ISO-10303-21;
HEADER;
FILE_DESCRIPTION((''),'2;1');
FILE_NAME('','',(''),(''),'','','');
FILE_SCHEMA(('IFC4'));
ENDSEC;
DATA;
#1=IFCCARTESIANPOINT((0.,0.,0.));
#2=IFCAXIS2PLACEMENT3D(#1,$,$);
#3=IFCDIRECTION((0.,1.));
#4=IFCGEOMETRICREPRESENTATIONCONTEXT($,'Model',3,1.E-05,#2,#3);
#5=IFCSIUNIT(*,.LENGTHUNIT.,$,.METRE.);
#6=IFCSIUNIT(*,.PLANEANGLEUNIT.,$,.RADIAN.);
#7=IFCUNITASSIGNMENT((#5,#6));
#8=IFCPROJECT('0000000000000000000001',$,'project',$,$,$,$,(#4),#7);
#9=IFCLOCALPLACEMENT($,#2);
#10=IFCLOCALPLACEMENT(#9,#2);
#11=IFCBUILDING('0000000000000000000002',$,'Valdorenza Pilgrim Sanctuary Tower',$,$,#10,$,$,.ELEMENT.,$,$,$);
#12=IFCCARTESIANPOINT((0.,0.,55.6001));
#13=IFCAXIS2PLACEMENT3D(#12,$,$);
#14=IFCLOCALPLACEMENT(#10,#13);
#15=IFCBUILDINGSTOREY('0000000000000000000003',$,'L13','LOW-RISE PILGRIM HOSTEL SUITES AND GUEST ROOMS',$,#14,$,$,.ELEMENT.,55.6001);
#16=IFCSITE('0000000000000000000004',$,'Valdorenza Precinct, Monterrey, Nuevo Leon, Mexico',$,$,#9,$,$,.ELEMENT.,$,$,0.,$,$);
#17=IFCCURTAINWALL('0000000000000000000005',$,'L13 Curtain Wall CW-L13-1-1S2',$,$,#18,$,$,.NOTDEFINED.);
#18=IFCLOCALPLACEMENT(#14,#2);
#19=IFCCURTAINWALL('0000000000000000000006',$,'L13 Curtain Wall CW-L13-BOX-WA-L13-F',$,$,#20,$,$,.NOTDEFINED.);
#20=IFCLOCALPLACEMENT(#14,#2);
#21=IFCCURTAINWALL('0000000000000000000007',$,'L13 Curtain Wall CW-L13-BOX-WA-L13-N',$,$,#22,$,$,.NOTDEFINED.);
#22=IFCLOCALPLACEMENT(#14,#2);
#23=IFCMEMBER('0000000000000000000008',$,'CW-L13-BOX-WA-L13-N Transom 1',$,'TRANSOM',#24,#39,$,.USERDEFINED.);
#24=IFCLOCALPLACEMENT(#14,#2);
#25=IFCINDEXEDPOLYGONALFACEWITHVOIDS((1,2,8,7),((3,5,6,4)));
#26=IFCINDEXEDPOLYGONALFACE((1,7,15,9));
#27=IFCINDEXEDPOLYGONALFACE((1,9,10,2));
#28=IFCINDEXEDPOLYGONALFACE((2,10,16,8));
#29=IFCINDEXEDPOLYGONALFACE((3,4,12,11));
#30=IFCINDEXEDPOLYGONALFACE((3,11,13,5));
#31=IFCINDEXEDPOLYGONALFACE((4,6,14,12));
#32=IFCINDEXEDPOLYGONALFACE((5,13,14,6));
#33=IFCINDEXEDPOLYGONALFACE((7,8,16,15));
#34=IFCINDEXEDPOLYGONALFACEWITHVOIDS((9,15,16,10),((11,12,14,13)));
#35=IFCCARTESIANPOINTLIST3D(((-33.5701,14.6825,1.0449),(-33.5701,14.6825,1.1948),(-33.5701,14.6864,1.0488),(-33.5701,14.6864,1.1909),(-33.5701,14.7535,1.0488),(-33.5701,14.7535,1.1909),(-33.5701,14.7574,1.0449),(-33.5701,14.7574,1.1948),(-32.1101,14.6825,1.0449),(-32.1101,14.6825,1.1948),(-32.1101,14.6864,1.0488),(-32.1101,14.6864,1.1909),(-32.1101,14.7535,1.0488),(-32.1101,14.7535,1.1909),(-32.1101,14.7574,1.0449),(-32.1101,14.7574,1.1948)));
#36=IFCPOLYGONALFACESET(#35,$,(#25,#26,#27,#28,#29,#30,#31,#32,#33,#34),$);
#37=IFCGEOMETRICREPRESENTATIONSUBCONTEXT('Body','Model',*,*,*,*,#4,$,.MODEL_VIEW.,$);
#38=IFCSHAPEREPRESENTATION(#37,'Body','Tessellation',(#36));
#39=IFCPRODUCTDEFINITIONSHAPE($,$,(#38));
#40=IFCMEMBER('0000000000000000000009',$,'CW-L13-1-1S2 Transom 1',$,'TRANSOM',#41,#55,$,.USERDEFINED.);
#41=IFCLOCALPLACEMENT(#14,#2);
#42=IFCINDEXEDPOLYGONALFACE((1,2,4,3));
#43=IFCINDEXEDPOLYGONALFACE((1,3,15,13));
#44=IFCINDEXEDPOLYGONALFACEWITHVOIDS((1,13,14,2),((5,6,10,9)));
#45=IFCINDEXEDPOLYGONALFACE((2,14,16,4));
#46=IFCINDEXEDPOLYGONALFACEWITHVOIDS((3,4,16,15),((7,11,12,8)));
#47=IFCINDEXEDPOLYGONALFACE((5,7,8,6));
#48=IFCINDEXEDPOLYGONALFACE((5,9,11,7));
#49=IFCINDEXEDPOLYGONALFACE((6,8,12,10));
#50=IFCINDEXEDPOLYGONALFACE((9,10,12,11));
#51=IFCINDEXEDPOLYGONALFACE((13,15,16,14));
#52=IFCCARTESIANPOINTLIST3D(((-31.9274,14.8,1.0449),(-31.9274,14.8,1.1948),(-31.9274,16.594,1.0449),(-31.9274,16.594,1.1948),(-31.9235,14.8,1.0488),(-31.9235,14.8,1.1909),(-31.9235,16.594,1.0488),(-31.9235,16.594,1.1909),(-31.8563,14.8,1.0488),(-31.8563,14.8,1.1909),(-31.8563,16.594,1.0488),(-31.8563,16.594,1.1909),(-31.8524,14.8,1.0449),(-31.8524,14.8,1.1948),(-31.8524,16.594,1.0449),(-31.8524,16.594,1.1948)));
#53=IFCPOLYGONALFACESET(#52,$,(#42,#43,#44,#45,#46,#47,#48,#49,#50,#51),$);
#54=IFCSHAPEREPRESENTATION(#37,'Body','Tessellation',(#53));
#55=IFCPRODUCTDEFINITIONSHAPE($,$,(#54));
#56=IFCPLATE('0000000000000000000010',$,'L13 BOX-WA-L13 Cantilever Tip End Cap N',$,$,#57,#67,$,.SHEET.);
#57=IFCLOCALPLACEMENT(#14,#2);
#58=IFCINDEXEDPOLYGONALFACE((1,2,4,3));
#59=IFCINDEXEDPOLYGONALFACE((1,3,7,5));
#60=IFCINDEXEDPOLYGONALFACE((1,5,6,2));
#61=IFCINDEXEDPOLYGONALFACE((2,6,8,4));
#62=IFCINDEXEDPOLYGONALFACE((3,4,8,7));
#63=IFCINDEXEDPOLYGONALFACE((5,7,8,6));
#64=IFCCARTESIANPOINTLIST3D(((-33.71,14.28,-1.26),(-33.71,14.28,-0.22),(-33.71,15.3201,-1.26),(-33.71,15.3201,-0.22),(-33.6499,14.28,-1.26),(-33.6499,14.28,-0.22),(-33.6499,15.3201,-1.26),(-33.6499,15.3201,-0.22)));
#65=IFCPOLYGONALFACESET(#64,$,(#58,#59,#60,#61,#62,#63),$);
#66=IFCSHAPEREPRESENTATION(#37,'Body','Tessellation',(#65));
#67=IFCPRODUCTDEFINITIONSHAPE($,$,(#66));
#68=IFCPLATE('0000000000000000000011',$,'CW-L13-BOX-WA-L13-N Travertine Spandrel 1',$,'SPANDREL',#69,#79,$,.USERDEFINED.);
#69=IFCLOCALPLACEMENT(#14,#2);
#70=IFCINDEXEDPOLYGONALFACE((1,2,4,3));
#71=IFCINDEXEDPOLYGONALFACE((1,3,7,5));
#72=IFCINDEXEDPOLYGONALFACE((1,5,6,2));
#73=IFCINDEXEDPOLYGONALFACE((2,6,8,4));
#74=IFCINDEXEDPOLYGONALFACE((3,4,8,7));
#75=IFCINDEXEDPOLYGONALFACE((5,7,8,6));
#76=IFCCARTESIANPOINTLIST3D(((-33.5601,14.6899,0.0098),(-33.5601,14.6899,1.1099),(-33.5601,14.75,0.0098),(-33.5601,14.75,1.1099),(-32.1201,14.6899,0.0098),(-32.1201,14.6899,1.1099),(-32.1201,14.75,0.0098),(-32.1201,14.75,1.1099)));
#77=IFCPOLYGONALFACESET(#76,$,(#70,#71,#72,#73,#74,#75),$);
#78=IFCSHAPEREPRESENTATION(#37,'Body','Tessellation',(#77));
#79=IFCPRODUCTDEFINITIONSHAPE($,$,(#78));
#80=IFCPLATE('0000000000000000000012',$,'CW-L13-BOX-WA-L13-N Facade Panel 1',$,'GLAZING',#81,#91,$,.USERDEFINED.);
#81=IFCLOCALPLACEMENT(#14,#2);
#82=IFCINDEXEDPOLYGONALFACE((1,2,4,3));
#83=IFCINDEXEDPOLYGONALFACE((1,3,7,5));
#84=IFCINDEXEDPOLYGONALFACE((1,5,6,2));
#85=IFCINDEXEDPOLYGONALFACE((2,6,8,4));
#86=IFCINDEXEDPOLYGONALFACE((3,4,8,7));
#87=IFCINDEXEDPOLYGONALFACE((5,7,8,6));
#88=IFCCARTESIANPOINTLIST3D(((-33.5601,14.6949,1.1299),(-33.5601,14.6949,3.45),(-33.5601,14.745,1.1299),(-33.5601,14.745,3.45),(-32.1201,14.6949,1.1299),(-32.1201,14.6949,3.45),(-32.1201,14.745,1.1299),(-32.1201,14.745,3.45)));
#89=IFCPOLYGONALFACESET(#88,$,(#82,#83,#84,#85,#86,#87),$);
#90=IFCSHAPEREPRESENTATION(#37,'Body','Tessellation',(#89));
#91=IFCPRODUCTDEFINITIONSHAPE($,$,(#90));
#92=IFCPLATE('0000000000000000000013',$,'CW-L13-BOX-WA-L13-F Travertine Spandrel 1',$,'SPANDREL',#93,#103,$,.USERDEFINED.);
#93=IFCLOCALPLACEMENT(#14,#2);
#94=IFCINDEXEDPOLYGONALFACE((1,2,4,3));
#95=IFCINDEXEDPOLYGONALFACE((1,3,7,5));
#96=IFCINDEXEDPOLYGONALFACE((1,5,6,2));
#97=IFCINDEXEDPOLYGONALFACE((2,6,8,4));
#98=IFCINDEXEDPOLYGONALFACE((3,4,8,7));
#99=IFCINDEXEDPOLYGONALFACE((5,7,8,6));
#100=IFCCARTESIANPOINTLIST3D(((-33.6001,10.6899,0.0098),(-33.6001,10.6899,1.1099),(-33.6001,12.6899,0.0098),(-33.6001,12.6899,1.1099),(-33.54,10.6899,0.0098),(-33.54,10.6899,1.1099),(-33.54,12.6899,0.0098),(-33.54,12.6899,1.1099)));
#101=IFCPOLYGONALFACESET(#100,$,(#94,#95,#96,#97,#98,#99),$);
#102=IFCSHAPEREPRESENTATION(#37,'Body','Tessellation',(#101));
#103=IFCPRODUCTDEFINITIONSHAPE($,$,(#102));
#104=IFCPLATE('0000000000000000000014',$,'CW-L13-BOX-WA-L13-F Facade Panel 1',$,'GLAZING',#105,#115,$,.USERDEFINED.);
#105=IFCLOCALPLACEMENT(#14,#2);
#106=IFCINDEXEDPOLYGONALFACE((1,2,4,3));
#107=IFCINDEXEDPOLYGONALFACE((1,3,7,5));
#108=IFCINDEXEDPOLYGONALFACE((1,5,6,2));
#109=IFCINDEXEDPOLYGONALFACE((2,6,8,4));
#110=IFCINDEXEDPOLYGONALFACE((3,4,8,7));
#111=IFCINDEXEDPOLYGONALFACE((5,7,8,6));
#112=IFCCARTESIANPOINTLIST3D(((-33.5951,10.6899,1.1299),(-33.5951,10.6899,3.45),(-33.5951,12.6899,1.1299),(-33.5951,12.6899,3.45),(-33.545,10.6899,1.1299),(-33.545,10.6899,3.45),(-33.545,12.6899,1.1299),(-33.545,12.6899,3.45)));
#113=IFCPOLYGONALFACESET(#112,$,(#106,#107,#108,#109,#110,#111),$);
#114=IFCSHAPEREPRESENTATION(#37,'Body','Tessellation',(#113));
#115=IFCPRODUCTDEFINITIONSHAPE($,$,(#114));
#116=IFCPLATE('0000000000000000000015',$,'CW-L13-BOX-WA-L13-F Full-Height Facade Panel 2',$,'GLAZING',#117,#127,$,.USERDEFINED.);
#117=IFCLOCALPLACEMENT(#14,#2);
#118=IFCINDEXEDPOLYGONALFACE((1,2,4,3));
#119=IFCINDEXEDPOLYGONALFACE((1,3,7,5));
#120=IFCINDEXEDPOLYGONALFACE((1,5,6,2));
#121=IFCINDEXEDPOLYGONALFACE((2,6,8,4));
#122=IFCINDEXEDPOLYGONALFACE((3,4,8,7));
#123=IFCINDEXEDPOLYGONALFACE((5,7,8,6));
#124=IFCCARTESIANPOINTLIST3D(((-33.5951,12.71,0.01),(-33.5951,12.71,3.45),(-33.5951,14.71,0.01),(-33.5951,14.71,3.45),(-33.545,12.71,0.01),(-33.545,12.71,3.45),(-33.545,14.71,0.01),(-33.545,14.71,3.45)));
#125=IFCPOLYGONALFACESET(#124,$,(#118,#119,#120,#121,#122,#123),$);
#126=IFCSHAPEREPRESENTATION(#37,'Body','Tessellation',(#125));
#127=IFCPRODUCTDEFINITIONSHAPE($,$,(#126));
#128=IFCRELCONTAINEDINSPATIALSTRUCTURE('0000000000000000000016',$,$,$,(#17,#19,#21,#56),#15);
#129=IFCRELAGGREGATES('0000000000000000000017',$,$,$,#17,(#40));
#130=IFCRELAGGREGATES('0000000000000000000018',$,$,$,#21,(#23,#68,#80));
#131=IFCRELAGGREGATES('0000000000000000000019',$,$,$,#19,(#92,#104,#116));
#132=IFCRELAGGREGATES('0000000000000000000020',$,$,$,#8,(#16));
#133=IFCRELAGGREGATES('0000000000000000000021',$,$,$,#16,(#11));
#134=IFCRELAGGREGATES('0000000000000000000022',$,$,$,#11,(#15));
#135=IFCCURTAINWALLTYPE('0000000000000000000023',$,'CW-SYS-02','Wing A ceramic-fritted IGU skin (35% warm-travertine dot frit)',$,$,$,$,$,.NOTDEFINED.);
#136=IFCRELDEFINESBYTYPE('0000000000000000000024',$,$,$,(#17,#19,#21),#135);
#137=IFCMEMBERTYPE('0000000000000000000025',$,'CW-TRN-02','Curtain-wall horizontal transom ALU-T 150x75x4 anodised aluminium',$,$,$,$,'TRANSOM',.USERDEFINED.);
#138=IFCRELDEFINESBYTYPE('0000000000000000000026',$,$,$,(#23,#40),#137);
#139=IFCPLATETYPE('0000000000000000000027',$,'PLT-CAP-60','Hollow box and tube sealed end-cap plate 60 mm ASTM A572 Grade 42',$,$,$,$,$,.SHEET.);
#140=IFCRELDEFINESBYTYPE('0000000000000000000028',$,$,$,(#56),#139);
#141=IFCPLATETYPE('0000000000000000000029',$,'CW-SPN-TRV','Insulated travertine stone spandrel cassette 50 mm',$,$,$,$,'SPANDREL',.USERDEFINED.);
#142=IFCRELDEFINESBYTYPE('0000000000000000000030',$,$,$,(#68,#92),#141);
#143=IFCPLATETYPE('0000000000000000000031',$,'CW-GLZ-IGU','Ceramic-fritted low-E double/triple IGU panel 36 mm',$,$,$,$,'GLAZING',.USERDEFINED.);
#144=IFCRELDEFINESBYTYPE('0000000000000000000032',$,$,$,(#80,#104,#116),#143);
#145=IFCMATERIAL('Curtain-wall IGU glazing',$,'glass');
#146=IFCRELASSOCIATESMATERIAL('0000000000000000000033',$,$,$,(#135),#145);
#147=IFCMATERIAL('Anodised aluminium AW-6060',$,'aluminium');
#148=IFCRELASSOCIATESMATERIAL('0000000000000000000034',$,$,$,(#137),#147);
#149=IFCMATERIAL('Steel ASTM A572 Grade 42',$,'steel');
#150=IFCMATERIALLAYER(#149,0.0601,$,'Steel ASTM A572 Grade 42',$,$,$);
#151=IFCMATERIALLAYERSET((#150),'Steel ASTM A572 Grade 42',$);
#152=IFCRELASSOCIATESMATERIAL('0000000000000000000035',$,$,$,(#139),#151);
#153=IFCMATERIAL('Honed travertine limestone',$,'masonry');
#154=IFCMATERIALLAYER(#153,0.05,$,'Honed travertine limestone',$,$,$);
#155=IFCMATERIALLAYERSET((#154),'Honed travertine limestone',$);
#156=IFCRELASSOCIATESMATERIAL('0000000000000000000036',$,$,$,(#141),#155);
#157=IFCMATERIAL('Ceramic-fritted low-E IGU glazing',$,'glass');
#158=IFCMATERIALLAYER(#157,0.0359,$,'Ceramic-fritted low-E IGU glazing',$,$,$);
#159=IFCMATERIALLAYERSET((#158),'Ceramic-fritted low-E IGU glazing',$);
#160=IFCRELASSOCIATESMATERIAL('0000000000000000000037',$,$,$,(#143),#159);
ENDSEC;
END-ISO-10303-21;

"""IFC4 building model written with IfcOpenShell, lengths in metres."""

from ifc_helpers import new_model, si_unit, direction, frame, origin, origin_2d, place, context, subcontext, project, spatial, rectangle, hollow_rectangle, extrude, source, transform, mapped, material, layer, layer_set, material_profile, profile_set, type_object, element, aggregate, save


model = new_model("IFC4")

# Units and contexts
model_context = context("Model", 3, precision=1e-05, world=origin(), true_north=direction((0.0, 1.0)))
body_context = subcontext(model_context, "Body", "Model", "MODEL_VIEW")
ifc_project = project(units=[si_unit("LENGTHUNIT", "METRE"), si_unit("PLANEANGLEUNIT", "RADIAN")], contexts=[model_context])

# Site, building, storey
site_placement = place(None, origin())
site = spatial("IfcSite", under=ifc_project, at=site_placement, Name="Valdorenza Precinct, Monterrey, Nuevo Leon, Mexico", CompositionType="ELEMENT", RefElevation=0.0)
building_placement = place(site_placement, origin())
building = spatial("IfcBuilding", under=site, at=building_placement, Name="Valdorenza Pilgrim Sanctuary Tower", CompositionType="ELEMENT")
storey_placement = place(building_placement, frame((0.0, 0.0, 55.6001)))
storey = spatial("IfcBuildingStorey", under=building, at=storey_placement, Name="L13", Description="LOW-RISE PILGRIM HOSTEL SUITES AND GUEST ROOMS", CompositionType="ELEMENT", Elevation=55.6001)

# Curtain wall
ifc_material_1 = material(Name="Curtain-wall IGU glazing", Category="glass")
curtain_wall_type = type_object("IfcCurtainWallType", Name="CW-SYS-02", Description="Wing A ceramic-fritted IGU skin (35% warm-travertine dot frit)", PredefinedType="NOTDEFINED", material=ifc_material_1)
curtain_wall_1_placement = place(storey_placement, origin())
curtain_wall_1 = element("IfcCurtainWall", 1, at=curtain_wall_1_placement, inside=storey, type_object=curtain_wall_type, Name="L13 Curtain Wall CW-L13-1-1S2", PredefinedType="NOTDEFINED")
ifc_material_2 = material(Name="Anodised aluminium AW-6060", Category="aluminium")

# Curtain walls, member
curtain_wall_2_placement = place(storey_placement, origin())
curtain_wall_2 = element("IfcCurtainWall", 2, at=curtain_wall_2_placement, inside=storey, type_object=curtain_wall_type, Name="L13 Curtain Wall CW-L13-BOX-WA-L13-F", PredefinedType="NOTDEFINED")
curtain_wall_3_placement = place(storey_placement, origin())
curtain_wall_3 = element("IfcCurtainWall", 3, at=curtain_wall_3_placement, inside=storey, type_object=curtain_wall_type, Name="L13 Curtain Wall CW-L13-BOX-WA-L13-N", PredefinedType="NOTDEFINED")
ifc_material_profile_1 = material_profile(ifc_material_2, hollow_rectangle(XDim=0.075, YDim=0.1499, WallThickness=0.0039, at=origin_2d()), Name="ALU-T 150x75x4")
ifc_profile_set_1 = profile_set([ifc_material_profile_1], Name="Anodised aluminium AW-6060")
member_type_1 = type_object("IfcMemberType", Name="CW-TRN-02", Description="Curtain-wall horizontal transom ALU-T 150x75x4 anodised aluminium", ElementType="TRANSOM", PredefinedType="USERDEFINED", material=ifc_profile_set_1)
shared_shape_1 = source(origin(), body_context, "Body", "SweptSolid", [
    extrude(hollow_rectangle(XDim=0.075, YDim=0.1499, WallThickness=0.0039, at=origin_2d()), origin(), (0.0, 0.0, 1.0), 1.46),
])
member_1_placement = place(storey_placement, frame((-33.5701, 14.72, 1.1199), z_axis=(1.0, 0.0, 0.0), x_axis=(0.0, 1.0, 0.0)))
member_1 = element("IfcMember", 4, at=member_1_placement, type_object=member_type_1, Name="CW-L13-BOX-WA-L13-N Transom 1", ObjectType="TRANSOM", PredefinedType="USERDEFINED", context=body_context, shape_type="MappedRepresentation", body=[
    mapped(shared_shape_1, transform((0.0, 0.0, 0.0), x_axis=(1.0, 0.0, 0.0), y_axis=(0.0, 1.0, 0.0), z_axis=(0.0, 0.0, 1.0), scale=1.0)),
])

# Member
shared_shape_2 = source(origin(), body_context, "Body", "SweptSolid", [
    extrude(hollow_rectangle(XDim=0.075, YDim=0.1499, WallThickness=0.0039, at=origin_2d()), origin(), (0.0, 0.0, 1.0), 1.7939),
])
member_2_placement = place(storey_placement, frame((-31.8899, 14.8, 1.1199), z_axis=(0.0, 1.0, 0.0), x_axis=(-1.0, 0.0, 0.0)))
member_2 = element("IfcMember", 5, at=member_2_placement, type_object=member_type_1, Name="CW-L13-1-1S2 Transom 1", ObjectType="TRANSOM", PredefinedType="USERDEFINED", context=body_context, shape_type="MappedRepresentation", body=[
    mapped(shared_shape_2, transform((0.0, 0.0, 0.0), x_axis=(1.0, 0.0, 0.0), y_axis=(0.0, 1.0, 0.0), z_axis=(0.0, 0.0, 1.0), scale=1.0)),
])
aggregate(curtain_wall_1, [member_2])

# Plates
ifc_material_3 = material(Name="Steel ASTM A572 Grade 42", Category="steel")
ifc_layer_1 = layer(ifc_material_3, 0.0601, Name="Steel ASTM A572 Grade 42")
ifc_layer_set_1 = layer_set([ifc_layer_1], Name="Steel ASTM A572 Grade 42")
plate_type_1 = type_object("IfcPlateType", Name="PLT-CAP-60", Description="Hollow box and tube sealed end-cap plate 60 mm ASTM A572 Grade 42", PredefinedType="SHEET", material=ifc_layer_set_1)
shared_shape_3 = source(origin(), body_context, "Body", "SweptSolid", [
    extrude(rectangle(XDim=0.0601, YDim=1.04, at=origin_2d()), origin(), (0.0, 0.0, 1.0), 1.04),
])
plate_1_placement = place(storey_placement, frame((-33.6799, 14.8, -1.26), z_axis=(0.0, 0.0, 1.0), x_axis=(1.0, 0.0, 0.0)))
element("IfcPlate", 6, at=plate_1_placement, inside=storey, type_object=plate_type_1, Name="L13 BOX-WA-L13 Cantilever Tip End Cap N", PredefinedType="SHEET", context=body_context, shape_type="MappedRepresentation", body=[
    mapped(shared_shape_3, transform((0.0, 0.0, 0.0), x_axis=(1.0, 0.0, 0.0), y_axis=(0.0, 1.0, 0.0), z_axis=(0.0, 0.0, 1.0), scale=1.0)),
])
ifc_material_4 = material(Name="Honed travertine limestone", Category="masonry")
ifc_layer_2 = layer(ifc_material_4, 0.05, Name="Honed travertine limestone")
ifc_layer_set_2 = layer_set([ifc_layer_2], Name="Honed travertine limestone")
plate_type_2 = type_object("IfcPlateType", Name="CW-SPN-TRV", Description="Insulated travertine stone spandrel cassette 50 mm", ElementType="SPANDREL", PredefinedType="USERDEFINED", material=ifc_layer_set_2)
shared_shape_4 = source(origin(), body_context, "Body", "SweptSolid", [
    extrude(rectangle(XDim=1.4399, YDim=0.0601, at=origin_2d()), origin(), (0.0, 0.0, 1.0), 1.1001),
])
plate_2_placement = place(storey_placement, frame((-32.8401, 14.72, 0.0098), z_axis=(0.0, 0.0, 1.0), x_axis=(1.0, 0.0, 0.0)))
plate_2 = element("IfcPlate", 7, at=plate_2_placement, type_object=plate_type_2, Name="CW-L13-BOX-WA-L13-N Travertine Spandrel 1", ObjectType="SPANDREL", PredefinedType="USERDEFINED", context=body_context, shape_type="MappedRepresentation", body=[
    mapped(shared_shape_4, transform((0.0, 0.0, 0.0), x_axis=(1.0, 0.0, 0.0), y_axis=(0.0, 1.0, 0.0), z_axis=(0.0, 0.0, 1.0), scale=1.0)),
])
ifc_material_5 = material(Name="Ceramic-fritted low-E IGU glazing", Category="glass")
ifc_layer_3 = layer(ifc_material_5, 0.0359, Name="Ceramic-fritted low-E IGU glazing")
ifc_layer_set_3 = layer_set([ifc_layer_3], Name="Ceramic-fritted low-E IGU glazing")
plate_type_3 = type_object("IfcPlateType", Name="CW-GLZ-IGU", Description="Ceramic-fritted low-E double/triple IGU panel 36 mm", ElementType="GLAZING", PredefinedType="USERDEFINED", material=ifc_layer_set_3)
shared_shape_5 = source(origin(), body_context, "Body", "SweptSolid", [
    extrude(rectangle(XDim=1.4399, YDim=0.05, at=origin_2d()), origin(), (0.0, 0.0, 1.0), 2.3201),
])
plate_3_placement = place(storey_placement, frame((-32.8401, 14.72, 1.1299), z_axis=(0.0, 0.0, 1.0), x_axis=(1.0, 0.0, 0.0)))
plate_3 = element("IfcPlate", 8, at=plate_3_placement, type_object=plate_type_3, Name="CW-L13-BOX-WA-L13-N Facade Panel 1", ObjectType="GLAZING", PredefinedType="USERDEFINED", context=body_context, shape_type="MappedRepresentation", body=[
    mapped(shared_shape_5, transform((0.0, 0.0, 0.0), x_axis=(1.0, 0.0, 0.0), y_axis=(0.0, 1.0, 0.0), z_axis=(0.0, 0.0, 1.0), scale=1.0)),
])
aggregate(curtain_wall_3, [member_1, plate_2, plate_3])
shared_shape_6 = source(origin(), body_context, "Body", "SweptSolid", [
    extrude(rectangle(XDim=2.0, YDim=0.0601, at=origin_2d()), origin(), (0.0, 0.0, 1.0), 1.1001),
])
plate_4_placement = place(storey_placement, frame((-33.5701, 11.6899, 0.0098), z_axis=(0.0, 0.0, 1.0), x_axis=(0.0, 1.0, 0.0)))
plate_4 = element("IfcPlate", 9, at=plate_4_placement, type_object=plate_type_2, Name="CW-L13-BOX-WA-L13-F Travertine Spandrel 1", ObjectType="SPANDREL", PredefinedType="USERDEFINED", context=body_context, shape_type="MappedRepresentation", body=[
    mapped(shared_shape_6, transform((0.0, 0.0, 0.0), x_axis=(1.0, 0.0, 0.0), y_axis=(0.0, 1.0, 0.0), z_axis=(0.0, 0.0, 1.0), scale=1.0)),
])
shared_shape_7 = source(origin(), body_context, "Body", "SweptSolid", [
    extrude(rectangle(XDim=2.0, YDim=0.05, at=origin_2d()), origin(), (0.0, 0.0, 1.0), 2.3201),
])
plate_5_placement = place(storey_placement, frame((-33.5701, 11.6899, 1.1299), z_axis=(0.0, 0.0, 1.0), x_axis=(0.0, 1.0, 0.0)))
plate_5 = element("IfcPlate", 10, at=plate_5_placement, type_object=plate_type_3, Name="CW-L13-BOX-WA-L13-F Facade Panel 1", ObjectType="GLAZING", PredefinedType="USERDEFINED", context=body_context, shape_type="MappedRepresentation", body=[
    mapped(shared_shape_7, transform((0.0, 0.0, 0.0), x_axis=(1.0, 0.0, 0.0), y_axis=(0.0, 1.0, 0.0), z_axis=(0.0, 0.0, 1.0), scale=1.0)),
])
shared_shape_8 = source(origin(), body_context, "Body", "SweptSolid", [
    extrude(rectangle(XDim=2.0, YDim=0.05, at=origin_2d()), origin(), (0.0, 0.0, 1.0), 3.4399),
])
plate_6_placement = place(storey_placement, frame((-33.5701, 13.71, 0.01), z_axis=(0.0, 0.0, 1.0), x_axis=(0.0, 1.0, 0.0)))
plate_6 = element("IfcPlate", 11, at=plate_6_placement, type_object=plate_type_3, Name="CW-L13-BOX-WA-L13-F Full-Height Facade Panel 2", ObjectType="GLAZING", PredefinedType="USERDEFINED", context=body_context, shape_type="MappedRepresentation", body=[
    mapped(shared_shape_8, transform((0.0, 0.0, 0.0), x_axis=(1.0, 0.0, 0.0), y_axis=(0.0, 1.0, 0.0), z_axis=(0.0, 0.0, 1.0), scale=1.0)),
])
aggregate(curtain_wall_2, [plate_4, plate_5, plate_6])

save(model, "model.ifc")
